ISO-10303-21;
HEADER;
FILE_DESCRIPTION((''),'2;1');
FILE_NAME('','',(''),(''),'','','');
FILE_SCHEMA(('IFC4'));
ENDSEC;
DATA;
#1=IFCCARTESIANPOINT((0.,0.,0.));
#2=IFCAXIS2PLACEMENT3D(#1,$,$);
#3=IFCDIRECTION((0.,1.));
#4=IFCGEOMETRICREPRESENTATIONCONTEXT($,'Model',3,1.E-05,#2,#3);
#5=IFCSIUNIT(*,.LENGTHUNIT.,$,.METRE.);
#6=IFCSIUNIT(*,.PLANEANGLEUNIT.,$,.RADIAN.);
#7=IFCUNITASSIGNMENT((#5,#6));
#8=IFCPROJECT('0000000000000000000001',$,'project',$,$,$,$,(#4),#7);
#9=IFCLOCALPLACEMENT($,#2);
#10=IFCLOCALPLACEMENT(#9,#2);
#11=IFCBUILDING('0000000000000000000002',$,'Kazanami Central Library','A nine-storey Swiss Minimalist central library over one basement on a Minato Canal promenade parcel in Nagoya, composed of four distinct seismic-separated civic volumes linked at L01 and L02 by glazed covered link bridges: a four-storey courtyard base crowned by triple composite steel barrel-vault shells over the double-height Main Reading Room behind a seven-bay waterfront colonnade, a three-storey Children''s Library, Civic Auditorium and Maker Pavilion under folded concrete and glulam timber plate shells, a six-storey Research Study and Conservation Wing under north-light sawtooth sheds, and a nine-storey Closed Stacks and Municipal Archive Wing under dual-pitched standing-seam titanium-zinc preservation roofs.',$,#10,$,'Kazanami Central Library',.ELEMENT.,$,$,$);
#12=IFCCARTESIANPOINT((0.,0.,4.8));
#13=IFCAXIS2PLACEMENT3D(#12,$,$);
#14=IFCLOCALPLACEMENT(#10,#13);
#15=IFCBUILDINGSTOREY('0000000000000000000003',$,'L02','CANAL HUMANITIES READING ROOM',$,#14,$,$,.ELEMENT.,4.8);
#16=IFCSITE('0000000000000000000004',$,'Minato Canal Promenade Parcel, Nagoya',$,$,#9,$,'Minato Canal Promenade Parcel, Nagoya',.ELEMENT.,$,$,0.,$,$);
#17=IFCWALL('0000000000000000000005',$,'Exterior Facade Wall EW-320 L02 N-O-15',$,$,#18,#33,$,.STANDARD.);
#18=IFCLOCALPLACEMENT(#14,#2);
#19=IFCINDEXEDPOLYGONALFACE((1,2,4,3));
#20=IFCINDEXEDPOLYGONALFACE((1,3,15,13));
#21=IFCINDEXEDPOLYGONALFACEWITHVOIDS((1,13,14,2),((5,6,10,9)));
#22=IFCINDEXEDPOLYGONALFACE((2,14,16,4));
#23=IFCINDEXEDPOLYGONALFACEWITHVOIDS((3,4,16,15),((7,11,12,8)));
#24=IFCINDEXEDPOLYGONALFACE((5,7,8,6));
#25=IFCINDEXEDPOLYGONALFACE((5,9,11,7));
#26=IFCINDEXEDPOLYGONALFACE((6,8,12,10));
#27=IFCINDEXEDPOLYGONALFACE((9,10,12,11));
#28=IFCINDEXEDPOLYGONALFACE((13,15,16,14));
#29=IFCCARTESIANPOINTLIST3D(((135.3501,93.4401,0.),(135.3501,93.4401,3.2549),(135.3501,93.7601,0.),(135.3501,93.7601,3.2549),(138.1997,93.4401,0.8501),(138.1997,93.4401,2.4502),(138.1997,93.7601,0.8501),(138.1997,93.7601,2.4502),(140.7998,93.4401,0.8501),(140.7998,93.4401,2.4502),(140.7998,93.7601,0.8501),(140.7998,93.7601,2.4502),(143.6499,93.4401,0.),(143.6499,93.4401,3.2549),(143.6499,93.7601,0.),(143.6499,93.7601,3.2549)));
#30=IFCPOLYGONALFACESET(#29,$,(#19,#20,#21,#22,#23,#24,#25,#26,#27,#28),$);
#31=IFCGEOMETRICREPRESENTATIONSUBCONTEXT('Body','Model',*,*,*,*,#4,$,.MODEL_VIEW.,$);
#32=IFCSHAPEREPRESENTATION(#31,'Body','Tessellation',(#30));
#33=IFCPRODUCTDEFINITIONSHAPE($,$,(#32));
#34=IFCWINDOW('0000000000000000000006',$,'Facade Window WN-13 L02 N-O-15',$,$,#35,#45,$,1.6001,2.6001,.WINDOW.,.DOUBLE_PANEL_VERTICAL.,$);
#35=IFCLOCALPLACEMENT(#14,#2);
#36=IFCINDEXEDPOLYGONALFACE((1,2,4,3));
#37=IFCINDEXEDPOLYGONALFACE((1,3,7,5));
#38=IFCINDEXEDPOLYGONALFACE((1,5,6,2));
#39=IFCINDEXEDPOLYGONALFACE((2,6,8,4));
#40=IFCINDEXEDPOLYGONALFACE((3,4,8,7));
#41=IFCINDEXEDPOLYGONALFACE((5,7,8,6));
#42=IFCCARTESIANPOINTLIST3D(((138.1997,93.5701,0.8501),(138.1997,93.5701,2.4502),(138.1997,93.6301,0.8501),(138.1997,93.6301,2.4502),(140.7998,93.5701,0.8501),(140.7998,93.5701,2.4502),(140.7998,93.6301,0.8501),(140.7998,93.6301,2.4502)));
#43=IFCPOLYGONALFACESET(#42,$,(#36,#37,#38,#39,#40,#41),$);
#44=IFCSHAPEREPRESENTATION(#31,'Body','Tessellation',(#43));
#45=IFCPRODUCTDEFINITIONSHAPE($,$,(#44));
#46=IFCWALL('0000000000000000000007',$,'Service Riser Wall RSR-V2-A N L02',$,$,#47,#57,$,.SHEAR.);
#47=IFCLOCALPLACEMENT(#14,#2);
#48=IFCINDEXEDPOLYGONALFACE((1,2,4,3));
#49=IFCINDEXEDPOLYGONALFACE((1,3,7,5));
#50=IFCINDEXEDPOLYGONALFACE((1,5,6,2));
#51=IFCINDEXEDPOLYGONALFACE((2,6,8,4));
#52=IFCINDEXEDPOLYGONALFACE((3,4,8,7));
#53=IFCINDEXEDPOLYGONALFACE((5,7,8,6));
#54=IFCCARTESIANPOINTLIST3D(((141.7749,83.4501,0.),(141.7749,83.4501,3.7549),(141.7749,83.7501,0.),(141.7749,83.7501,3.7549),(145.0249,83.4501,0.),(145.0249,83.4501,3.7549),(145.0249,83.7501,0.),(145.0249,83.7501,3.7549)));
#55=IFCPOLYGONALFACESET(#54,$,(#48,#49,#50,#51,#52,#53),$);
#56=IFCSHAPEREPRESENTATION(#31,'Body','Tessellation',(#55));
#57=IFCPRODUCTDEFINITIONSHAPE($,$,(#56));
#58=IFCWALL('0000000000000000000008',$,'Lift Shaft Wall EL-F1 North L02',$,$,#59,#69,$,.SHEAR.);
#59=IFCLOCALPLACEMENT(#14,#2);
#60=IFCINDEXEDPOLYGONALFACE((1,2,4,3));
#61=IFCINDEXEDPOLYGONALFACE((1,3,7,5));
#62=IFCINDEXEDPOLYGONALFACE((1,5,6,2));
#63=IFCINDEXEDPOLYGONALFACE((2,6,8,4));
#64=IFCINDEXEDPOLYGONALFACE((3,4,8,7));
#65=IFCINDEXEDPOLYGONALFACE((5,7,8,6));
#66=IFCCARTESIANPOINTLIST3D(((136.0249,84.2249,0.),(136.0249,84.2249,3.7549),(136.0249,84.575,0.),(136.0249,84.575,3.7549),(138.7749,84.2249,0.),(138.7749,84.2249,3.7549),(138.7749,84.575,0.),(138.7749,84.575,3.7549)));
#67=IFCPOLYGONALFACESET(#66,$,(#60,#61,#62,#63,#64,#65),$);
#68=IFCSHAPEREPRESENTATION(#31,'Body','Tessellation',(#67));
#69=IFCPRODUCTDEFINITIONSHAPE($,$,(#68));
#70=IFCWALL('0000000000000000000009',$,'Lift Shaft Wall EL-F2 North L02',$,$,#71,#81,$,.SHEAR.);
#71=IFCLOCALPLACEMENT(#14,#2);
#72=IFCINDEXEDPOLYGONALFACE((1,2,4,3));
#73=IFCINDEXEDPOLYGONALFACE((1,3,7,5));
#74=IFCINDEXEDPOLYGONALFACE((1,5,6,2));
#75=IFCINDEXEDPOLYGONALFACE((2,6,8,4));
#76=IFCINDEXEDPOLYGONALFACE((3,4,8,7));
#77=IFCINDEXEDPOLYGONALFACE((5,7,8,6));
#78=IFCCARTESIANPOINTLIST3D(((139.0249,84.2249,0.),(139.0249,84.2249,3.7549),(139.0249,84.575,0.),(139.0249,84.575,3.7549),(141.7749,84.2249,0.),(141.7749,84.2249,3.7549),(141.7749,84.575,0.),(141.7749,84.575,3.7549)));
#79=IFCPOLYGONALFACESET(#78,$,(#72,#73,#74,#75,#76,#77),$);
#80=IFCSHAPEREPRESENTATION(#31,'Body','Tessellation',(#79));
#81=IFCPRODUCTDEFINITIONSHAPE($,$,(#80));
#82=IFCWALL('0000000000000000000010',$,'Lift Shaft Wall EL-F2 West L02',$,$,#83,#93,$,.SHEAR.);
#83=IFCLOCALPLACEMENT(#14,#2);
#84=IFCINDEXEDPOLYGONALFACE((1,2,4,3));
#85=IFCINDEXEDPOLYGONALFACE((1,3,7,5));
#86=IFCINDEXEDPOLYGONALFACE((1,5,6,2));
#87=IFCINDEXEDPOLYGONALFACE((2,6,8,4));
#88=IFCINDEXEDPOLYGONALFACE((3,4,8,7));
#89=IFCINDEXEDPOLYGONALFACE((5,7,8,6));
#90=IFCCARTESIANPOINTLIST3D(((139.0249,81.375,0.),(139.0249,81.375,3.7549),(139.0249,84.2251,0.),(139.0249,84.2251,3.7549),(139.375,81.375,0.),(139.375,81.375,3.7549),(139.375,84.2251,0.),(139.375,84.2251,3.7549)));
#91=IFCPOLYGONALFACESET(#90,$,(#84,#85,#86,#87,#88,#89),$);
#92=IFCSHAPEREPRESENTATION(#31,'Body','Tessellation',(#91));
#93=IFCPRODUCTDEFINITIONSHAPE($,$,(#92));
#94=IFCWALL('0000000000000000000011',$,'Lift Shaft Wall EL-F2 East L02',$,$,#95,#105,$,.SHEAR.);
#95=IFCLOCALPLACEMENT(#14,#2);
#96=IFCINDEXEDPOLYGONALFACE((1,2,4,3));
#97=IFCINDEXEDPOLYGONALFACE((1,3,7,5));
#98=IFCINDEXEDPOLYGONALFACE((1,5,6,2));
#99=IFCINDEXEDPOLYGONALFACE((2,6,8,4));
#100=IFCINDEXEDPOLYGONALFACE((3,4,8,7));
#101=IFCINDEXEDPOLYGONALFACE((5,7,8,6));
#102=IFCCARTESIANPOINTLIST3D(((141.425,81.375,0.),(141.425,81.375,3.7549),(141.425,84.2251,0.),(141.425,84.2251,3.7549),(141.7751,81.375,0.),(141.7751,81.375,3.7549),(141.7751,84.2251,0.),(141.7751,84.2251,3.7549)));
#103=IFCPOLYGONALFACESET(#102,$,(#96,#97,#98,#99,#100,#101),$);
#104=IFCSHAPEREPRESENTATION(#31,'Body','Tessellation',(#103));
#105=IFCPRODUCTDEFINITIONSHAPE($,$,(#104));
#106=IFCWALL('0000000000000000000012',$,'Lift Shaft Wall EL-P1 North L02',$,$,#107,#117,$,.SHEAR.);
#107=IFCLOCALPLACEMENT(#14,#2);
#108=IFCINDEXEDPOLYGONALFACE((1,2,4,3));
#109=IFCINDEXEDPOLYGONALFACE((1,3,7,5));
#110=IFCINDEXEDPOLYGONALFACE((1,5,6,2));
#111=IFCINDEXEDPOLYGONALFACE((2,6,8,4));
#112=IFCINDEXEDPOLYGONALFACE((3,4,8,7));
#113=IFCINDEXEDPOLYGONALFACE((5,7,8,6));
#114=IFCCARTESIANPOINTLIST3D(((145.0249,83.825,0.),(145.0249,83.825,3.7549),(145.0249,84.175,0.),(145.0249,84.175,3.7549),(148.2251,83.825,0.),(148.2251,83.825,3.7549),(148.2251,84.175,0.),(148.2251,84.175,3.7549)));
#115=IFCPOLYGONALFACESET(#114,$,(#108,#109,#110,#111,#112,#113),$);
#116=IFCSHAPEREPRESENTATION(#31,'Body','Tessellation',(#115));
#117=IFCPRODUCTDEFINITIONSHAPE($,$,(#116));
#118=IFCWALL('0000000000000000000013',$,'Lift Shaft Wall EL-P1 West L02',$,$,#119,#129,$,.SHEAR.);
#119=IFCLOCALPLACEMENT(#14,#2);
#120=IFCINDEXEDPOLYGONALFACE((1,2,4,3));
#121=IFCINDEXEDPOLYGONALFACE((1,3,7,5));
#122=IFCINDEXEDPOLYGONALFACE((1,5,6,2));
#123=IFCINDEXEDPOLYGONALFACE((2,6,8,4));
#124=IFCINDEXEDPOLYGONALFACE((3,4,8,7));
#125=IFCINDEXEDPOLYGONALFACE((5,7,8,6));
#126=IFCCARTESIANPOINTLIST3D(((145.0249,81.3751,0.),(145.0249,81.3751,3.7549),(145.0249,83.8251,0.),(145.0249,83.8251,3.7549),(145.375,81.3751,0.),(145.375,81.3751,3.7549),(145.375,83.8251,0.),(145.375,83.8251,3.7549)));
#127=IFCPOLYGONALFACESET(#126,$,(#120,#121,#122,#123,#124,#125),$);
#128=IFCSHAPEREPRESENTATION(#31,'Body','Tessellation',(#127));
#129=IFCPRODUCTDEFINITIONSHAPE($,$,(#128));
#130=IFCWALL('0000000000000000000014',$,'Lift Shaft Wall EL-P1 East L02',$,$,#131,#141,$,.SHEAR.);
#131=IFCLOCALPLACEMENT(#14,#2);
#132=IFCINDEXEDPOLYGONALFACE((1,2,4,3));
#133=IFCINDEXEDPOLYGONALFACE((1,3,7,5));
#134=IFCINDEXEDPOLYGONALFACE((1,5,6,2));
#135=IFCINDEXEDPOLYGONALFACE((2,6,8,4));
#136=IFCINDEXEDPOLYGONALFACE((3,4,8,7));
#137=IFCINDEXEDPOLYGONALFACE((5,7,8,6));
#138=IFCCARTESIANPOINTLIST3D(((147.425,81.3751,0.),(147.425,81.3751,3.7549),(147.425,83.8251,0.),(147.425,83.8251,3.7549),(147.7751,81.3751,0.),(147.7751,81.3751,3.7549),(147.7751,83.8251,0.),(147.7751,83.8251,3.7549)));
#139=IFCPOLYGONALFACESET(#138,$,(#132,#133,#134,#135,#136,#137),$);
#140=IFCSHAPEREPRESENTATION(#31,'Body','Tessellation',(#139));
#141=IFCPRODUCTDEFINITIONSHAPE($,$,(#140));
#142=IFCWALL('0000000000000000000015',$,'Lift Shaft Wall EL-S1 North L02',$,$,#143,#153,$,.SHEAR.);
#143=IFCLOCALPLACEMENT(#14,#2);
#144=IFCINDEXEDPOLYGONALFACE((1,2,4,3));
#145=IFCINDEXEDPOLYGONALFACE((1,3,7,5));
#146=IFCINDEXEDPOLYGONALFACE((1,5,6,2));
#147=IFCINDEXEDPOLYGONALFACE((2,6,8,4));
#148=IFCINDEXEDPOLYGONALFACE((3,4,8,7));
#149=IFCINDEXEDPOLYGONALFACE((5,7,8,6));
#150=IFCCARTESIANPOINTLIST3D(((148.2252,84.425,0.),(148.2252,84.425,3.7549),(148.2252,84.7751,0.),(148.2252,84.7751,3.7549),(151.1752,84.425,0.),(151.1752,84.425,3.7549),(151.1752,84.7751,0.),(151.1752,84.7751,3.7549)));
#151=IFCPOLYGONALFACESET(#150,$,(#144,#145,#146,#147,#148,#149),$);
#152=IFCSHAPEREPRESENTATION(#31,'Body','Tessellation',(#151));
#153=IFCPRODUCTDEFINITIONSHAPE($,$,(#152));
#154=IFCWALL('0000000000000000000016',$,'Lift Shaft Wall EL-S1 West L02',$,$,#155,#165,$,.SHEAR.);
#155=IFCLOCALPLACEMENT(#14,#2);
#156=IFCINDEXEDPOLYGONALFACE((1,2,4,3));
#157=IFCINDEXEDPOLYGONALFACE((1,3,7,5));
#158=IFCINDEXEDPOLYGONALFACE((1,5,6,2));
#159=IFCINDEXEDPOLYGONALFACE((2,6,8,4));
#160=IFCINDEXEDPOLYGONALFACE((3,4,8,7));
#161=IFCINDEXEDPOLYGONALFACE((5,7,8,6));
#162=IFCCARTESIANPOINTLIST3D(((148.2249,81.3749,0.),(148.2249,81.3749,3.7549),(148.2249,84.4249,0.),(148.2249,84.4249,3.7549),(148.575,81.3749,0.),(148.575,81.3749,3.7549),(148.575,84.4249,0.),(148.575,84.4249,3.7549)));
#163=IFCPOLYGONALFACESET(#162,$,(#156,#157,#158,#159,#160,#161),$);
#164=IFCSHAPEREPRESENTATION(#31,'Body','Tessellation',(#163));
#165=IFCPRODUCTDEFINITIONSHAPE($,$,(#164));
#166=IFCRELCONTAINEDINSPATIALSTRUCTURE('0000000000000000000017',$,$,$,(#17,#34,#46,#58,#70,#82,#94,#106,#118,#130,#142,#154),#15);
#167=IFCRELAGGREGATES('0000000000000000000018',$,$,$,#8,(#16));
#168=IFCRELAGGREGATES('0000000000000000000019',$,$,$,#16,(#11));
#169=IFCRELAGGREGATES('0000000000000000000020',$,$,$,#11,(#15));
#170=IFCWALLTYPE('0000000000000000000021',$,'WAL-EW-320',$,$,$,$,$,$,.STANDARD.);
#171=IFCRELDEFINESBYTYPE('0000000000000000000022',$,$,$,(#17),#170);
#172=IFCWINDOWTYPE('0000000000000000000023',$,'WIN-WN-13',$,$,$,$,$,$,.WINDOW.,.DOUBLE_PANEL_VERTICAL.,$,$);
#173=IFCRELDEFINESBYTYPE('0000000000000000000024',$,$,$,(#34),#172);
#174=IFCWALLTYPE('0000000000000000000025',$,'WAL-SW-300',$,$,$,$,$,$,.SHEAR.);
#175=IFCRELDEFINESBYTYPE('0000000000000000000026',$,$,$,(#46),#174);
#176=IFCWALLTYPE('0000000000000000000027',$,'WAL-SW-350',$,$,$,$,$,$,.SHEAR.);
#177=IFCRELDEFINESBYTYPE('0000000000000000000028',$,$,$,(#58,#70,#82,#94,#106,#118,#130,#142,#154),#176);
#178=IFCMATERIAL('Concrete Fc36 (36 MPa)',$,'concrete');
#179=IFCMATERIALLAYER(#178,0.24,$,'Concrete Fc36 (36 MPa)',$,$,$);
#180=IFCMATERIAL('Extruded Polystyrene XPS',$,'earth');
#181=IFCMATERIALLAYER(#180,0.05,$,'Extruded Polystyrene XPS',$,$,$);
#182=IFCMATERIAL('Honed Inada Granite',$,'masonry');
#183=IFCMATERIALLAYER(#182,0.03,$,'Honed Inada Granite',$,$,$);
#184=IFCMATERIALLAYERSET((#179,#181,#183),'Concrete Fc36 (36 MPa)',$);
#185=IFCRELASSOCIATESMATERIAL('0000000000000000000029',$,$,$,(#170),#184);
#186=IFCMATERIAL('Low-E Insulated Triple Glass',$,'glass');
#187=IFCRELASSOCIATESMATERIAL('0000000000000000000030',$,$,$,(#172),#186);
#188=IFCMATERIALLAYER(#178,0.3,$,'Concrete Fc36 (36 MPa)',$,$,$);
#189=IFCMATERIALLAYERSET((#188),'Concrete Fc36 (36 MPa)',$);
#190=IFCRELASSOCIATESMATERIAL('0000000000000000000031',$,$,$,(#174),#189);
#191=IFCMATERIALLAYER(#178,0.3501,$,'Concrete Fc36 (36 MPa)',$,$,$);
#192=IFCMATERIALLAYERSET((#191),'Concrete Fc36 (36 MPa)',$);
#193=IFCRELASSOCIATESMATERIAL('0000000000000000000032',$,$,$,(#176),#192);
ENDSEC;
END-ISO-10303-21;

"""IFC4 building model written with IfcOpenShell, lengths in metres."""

from ifc_helpers import new_model, si_unit, direction, frame, frame_2d, origin, place, context, subcontext, project, spatial, rectangle, extrude, material, layer, layer_set, type_object, element, fill, save


model = new_model("IFC4")

# Units and contexts
model_context = context("Model", 3, precision=1e-05, world=origin(), true_north=direction((0.0, 1.0)))
body_context = subcontext(model_context, "Body", "Model", "MODEL_VIEW")
ifc_project = project(units=[si_unit("LENGTHUNIT", "METRE"), si_unit("PLANEANGLEUNIT", "RADIAN")], contexts=[model_context])

# Site, building, storey
site_placement = place(None, origin())
site = spatial("IfcSite", under=ifc_project, at=site_placement, Name="Minato Canal Promenade Parcel, Nagoya", LongName="Minato Canal Promenade Parcel, Nagoya", CompositionType="ELEMENT", RefElevation=0.0)
building_placement = place(site_placement, origin())
building = spatial("IfcBuilding", under=site, at=building_placement, Name="Kazanami Central Library", Description="A nine-storey Swiss Minimalist central library over one basement on a Minato Canal promenade parcel in Nagoya, composed of four distinct seismic-separated civic volumes linked at L01 and L02 by glazed covered link bridges: a four-storey courtyard base crowned by triple composite steel barrel-vault shells over the double-height Main Reading Room behind a seven-bay waterfront colonnade, a three-storey Children's Library, Civic Auditorium and Maker Pavilion under folded concrete and glulam timber plate shells, a six-storey Research Study and Conservation Wing under north-light sawtooth sheds, and a nine-storey Closed Stacks and Municipal Archive Wing under dual-pitched standing-seam titanium-zinc preservation roofs.", LongName="Kazanami Central Library", CompositionType="ELEMENT")
storey_placement = place(building_placement, frame((0.0, 0.0, 4.8)))
storey = spatial("IfcBuildingStorey", under=building, at=storey_placement, Name="L02", Description="CANAL HUMANITIES READING ROOM", CompositionType="ELEMENT", Elevation=4.8)

# Wall, opening, window
ifc_material_1 = material(Name="Concrete Fc36 (36 MPa)", Category="concrete")
ifc_layer_1 = layer(ifc_material_1, 0.24, Name="Concrete Fc36 (36 MPa)")
ifc_material_2 = material(Name="Extruded Polystyrene XPS", Category="earth")
ifc_layer_2 = layer(ifc_material_2, 0.05, Name="Extruded Polystyrene XPS")
ifc_material_3 = material(Name="Honed Inada Granite", Category="masonry")
ifc_layer_3 = layer(ifc_material_3, 0.03, Name="Honed Inada Granite")
ifc_layer_set_1 = layer_set([ifc_layer_1, ifc_layer_2, ifc_layer_3], Name="Concrete Fc36 (36 MPa)")
wall_type_1 = type_object("IfcWallType", Name="WAL-EW-320", PredefinedType="STANDARD", material=ifc_layer_set_1)
wall_1_placement = place(storey_placement, frame((143.6499, 93.6001, 0.0), z_axis=(0.0, 0.0, 1.0), x_axis=(-1.0, 0.0, 0.0)))
wall_1 = element("IfcWall", 1, at=wall_1_placement, inside=storey, type_object=wall_type_1, Name="Exterior Facade Wall EW-320 L02 N-O-15", PredefinedType="STANDARD", context=body_context, shape_type="SweptSolid", body=[
    extrude(rectangle(XDim=8.2998, YDim=0.3201, at=frame_2d((4.1499, 0.0))), origin(), (0.0, 0.0, 1.0), 3.2549),
])
opening_placement = place(wall_1_placement, frame((2.8501, 0.0, 0.8501)))
opening = element("IfcOpeningElement", 2, at=opening_placement, cuts=wall_1, PredefinedType="OPENING", context=body_context, shape_type="SweptSolid", body=[
    extrude(rectangle(XDim=2.6001, YDim=1.6001, at=frame_2d((1.3, 0.8))), frame((0.0, 0.1719, 0.0), z_axis=(0.0, -1.0, 0.0), x_axis=(1.0, 0.0, 0.0)), (0.0, 0.0, 1.0), 0.344),
])
ifc_material_4 = material(Name="Low-E Insulated Triple Glass", Category="glass")
window_type = type_object("IfcWindowType", Name="WIN-WN-13", PartitioningType="DOUBLE_PANEL_VERTICAL", PredefinedType="WINDOW", material=ifc_material_4)
window_placement = place(opening_placement, origin())
window = element("IfcWindow", 3, at=window_placement, inside=storey, type_object=window_type, Name="Facade Window WN-13 L02 N-O-15", OverallHeight=1.6001, OverallWidth=2.6001, PartitioningType="DOUBLE_PANEL_VERTICAL", PredefinedType="WINDOW", context=body_context, shape_type="SweptSolid", body=[
    extrude(rectangle(XDim=2.6001, YDim=1.6001, at=frame_2d((1.3, 0.8))), frame((0.0, 0.03, 0.0), z_axis=(0.0, -1.0, 0.0), x_axis=(1.0, 0.0, 0.0)), (0.0, 0.0, 1.0), 0.0601),
])
fill(opening, window)

# Walls
ifc_layer_4 = layer(ifc_material_1, 0.3, Name="Concrete Fc36 (36 MPa)")
ifc_layer_set_2 = layer_set([ifc_layer_4], Name="Concrete Fc36 (36 MPa)")
wall_type_2 = type_object("IfcWallType", Name="WAL-SW-300", PredefinedType="SHEAR", material=ifc_layer_set_2)
wall_2_placement = place(storey_placement, frame((141.7749, 83.6001, 0.0), z_axis=(0.0, 0.0, 1.0), x_axis=(1.0, 0.0, 0.0)))
element("IfcWall", 4, at=wall_2_placement, inside=storey, type_object=wall_type_2, Name="Service Riser Wall RSR-V2-A N L02", PredefinedType="SHEAR", context=body_context, shape_type="SweptSolid", body=[
    extrude(rectangle(XDim=3.25, YDim=0.3, at=frame_2d((1.625, 0.0))), origin(), (0.0, 0.0, 1.0), 3.7549),
])
ifc_layer_5 = layer(ifc_material_1, 0.3501, Name="Concrete Fc36 (36 MPa)")
ifc_layer_set_3 = layer_set([ifc_layer_5], Name="Concrete Fc36 (36 MPa)")
wall_type_3 = type_object("IfcWallType", Name="WAL-SW-350", PredefinedType="SHEAR", material=ifc_layer_set_3)
for number, where, z_axis, x_axis, name in (
    (5, (136.0249, 84.3999, 0.0), (0.0, 0.0, 1.0), (1.0, 0.0, 0.0), "Lift Shaft Wall EL-F1 North L02"),
    (6, (139.0249, 84.3999, 0.0), (0.0, 0.0, 1.0), (1.0, 0.0, 0.0), "Lift Shaft Wall EL-F2 North L02"),
):
    element("IfcWall", number, at=place(storey_placement, frame(where, z_axis=z_axis, x_axis=x_axis)), inside=storey, type_object=wall_type_3, Name=name, PredefinedType="SHEAR", context=body_context, shape_type="SweptSolid", body=[
        extrude(rectangle(XDim=2.75, YDim=0.3501, at=frame_2d((1.375, 0.0))), origin(), (0.0, 0.0, 1.0), 3.7549),
    ])
for number, where, z_axis, x_axis, name in (
    (7, (139.2, 81.375, 0.0), (0.0, 0.0, 1.0), (0.0, 1.0, 0.0), "Lift Shaft Wall EL-F2 West L02"),
    (8, (141.6001, 81.375, 0.0), (0.0, 0.0, 1.0), (0.0, 1.0, 0.0), "Lift Shaft Wall EL-F2 East L02"),
):
    element("IfcWall", number, at=place(storey_placement, frame(where, z_axis=z_axis, x_axis=x_axis)), inside=storey, type_object=wall_type_3, Name=name, PredefinedType="SHEAR", context=body_context, shape_type="SweptSolid", body=[
        extrude(rectangle(XDim=2.8501, YDim=0.3501, at=frame_2d((1.425, 0.0))), origin(), (0.0, 0.0, 1.0), 3.7549),
    ])
wall_3_placement = place(storey_placement, frame((145.0249, 84.0, 0.0), z_axis=(0.0, 0.0, 1.0), x_axis=(1.0, 0.0, 0.0)))
element("IfcWall", 9, at=wall_3_placement, inside=storey, type_object=wall_type_3, Name="Lift Shaft Wall EL-P1 North L02", PredefinedType="SHEAR", context=body_context, shape_type="SweptSolid", body=[
    extrude(rectangle(XDim=3.2002, YDim=0.3501, at=frame_2d((1.6001, 0.0))), origin(), (0.0, 0.0, 1.0), 3.7549),
])
for number, where, z_axis, x_axis, name in (
    (10, (145.2, 81.375, 0.0), (0.0, 0.0, 1.0), (0.0, 1.0, 0.0), "Lift Shaft Wall EL-P1 West L02"),
    (11, (147.6001, 81.375, 0.0), (0.0, 0.0, 1.0), (0.0, 1.0, 0.0), "Lift Shaft Wall EL-P1 East L02"),
):
    element("IfcWall", number, at=place(storey_placement, frame(where, z_axis=z_axis, x_axis=x_axis)), inside=storey, type_object=wall_type_3, Name=name, PredefinedType="SHEAR", context=body_context, shape_type="SweptSolid", body=[
        extrude(rectangle(XDim=2.45, YDim=0.3501, at=frame_2d((1.2251, 0.0))), origin(), (0.0, 0.0, 1.0), 3.7549),
    ])
wall_4_placement = place(storey_placement, frame((148.2251, 84.6001, 0.0), z_axis=(0.0, 0.0, 1.0), x_axis=(1.0, 0.0, 0.0)))
element("IfcWall", 12, at=wall_4_placement, inside=storey, type_object=wall_type_3, Name="Lift Shaft Wall EL-S1 North L02", PredefinedType="SHEAR", context=body_context, shape_type="SweptSolid", body=[
    extrude(rectangle(XDim=2.95, YDim=0.3501, at=frame_2d((1.4751, 0.0))), origin(), (0.0, 0.0, 1.0), 3.7549),
])
wall_5_placement = place(storey_placement, frame((148.3999, 81.375, 0.0), z_axis=(0.0, 0.0, 1.0), x_axis=(0.0, 1.0, 0.0)))
element("IfcWall", 13, at=wall_5_placement, inside=storey, type_object=wall_type_3, Name="Lift Shaft Wall EL-S1 West L02", PredefinedType="SHEAR", context=body_context, shape_type="SweptSolid", body=[
    extrude(rectangle(XDim=3.05, YDim=0.3501, at=frame_2d((1.5249, 0.0))), origin(), (0.0, 0.0, 1.0), 3.7549),
])

save(model, "model.ifc")
